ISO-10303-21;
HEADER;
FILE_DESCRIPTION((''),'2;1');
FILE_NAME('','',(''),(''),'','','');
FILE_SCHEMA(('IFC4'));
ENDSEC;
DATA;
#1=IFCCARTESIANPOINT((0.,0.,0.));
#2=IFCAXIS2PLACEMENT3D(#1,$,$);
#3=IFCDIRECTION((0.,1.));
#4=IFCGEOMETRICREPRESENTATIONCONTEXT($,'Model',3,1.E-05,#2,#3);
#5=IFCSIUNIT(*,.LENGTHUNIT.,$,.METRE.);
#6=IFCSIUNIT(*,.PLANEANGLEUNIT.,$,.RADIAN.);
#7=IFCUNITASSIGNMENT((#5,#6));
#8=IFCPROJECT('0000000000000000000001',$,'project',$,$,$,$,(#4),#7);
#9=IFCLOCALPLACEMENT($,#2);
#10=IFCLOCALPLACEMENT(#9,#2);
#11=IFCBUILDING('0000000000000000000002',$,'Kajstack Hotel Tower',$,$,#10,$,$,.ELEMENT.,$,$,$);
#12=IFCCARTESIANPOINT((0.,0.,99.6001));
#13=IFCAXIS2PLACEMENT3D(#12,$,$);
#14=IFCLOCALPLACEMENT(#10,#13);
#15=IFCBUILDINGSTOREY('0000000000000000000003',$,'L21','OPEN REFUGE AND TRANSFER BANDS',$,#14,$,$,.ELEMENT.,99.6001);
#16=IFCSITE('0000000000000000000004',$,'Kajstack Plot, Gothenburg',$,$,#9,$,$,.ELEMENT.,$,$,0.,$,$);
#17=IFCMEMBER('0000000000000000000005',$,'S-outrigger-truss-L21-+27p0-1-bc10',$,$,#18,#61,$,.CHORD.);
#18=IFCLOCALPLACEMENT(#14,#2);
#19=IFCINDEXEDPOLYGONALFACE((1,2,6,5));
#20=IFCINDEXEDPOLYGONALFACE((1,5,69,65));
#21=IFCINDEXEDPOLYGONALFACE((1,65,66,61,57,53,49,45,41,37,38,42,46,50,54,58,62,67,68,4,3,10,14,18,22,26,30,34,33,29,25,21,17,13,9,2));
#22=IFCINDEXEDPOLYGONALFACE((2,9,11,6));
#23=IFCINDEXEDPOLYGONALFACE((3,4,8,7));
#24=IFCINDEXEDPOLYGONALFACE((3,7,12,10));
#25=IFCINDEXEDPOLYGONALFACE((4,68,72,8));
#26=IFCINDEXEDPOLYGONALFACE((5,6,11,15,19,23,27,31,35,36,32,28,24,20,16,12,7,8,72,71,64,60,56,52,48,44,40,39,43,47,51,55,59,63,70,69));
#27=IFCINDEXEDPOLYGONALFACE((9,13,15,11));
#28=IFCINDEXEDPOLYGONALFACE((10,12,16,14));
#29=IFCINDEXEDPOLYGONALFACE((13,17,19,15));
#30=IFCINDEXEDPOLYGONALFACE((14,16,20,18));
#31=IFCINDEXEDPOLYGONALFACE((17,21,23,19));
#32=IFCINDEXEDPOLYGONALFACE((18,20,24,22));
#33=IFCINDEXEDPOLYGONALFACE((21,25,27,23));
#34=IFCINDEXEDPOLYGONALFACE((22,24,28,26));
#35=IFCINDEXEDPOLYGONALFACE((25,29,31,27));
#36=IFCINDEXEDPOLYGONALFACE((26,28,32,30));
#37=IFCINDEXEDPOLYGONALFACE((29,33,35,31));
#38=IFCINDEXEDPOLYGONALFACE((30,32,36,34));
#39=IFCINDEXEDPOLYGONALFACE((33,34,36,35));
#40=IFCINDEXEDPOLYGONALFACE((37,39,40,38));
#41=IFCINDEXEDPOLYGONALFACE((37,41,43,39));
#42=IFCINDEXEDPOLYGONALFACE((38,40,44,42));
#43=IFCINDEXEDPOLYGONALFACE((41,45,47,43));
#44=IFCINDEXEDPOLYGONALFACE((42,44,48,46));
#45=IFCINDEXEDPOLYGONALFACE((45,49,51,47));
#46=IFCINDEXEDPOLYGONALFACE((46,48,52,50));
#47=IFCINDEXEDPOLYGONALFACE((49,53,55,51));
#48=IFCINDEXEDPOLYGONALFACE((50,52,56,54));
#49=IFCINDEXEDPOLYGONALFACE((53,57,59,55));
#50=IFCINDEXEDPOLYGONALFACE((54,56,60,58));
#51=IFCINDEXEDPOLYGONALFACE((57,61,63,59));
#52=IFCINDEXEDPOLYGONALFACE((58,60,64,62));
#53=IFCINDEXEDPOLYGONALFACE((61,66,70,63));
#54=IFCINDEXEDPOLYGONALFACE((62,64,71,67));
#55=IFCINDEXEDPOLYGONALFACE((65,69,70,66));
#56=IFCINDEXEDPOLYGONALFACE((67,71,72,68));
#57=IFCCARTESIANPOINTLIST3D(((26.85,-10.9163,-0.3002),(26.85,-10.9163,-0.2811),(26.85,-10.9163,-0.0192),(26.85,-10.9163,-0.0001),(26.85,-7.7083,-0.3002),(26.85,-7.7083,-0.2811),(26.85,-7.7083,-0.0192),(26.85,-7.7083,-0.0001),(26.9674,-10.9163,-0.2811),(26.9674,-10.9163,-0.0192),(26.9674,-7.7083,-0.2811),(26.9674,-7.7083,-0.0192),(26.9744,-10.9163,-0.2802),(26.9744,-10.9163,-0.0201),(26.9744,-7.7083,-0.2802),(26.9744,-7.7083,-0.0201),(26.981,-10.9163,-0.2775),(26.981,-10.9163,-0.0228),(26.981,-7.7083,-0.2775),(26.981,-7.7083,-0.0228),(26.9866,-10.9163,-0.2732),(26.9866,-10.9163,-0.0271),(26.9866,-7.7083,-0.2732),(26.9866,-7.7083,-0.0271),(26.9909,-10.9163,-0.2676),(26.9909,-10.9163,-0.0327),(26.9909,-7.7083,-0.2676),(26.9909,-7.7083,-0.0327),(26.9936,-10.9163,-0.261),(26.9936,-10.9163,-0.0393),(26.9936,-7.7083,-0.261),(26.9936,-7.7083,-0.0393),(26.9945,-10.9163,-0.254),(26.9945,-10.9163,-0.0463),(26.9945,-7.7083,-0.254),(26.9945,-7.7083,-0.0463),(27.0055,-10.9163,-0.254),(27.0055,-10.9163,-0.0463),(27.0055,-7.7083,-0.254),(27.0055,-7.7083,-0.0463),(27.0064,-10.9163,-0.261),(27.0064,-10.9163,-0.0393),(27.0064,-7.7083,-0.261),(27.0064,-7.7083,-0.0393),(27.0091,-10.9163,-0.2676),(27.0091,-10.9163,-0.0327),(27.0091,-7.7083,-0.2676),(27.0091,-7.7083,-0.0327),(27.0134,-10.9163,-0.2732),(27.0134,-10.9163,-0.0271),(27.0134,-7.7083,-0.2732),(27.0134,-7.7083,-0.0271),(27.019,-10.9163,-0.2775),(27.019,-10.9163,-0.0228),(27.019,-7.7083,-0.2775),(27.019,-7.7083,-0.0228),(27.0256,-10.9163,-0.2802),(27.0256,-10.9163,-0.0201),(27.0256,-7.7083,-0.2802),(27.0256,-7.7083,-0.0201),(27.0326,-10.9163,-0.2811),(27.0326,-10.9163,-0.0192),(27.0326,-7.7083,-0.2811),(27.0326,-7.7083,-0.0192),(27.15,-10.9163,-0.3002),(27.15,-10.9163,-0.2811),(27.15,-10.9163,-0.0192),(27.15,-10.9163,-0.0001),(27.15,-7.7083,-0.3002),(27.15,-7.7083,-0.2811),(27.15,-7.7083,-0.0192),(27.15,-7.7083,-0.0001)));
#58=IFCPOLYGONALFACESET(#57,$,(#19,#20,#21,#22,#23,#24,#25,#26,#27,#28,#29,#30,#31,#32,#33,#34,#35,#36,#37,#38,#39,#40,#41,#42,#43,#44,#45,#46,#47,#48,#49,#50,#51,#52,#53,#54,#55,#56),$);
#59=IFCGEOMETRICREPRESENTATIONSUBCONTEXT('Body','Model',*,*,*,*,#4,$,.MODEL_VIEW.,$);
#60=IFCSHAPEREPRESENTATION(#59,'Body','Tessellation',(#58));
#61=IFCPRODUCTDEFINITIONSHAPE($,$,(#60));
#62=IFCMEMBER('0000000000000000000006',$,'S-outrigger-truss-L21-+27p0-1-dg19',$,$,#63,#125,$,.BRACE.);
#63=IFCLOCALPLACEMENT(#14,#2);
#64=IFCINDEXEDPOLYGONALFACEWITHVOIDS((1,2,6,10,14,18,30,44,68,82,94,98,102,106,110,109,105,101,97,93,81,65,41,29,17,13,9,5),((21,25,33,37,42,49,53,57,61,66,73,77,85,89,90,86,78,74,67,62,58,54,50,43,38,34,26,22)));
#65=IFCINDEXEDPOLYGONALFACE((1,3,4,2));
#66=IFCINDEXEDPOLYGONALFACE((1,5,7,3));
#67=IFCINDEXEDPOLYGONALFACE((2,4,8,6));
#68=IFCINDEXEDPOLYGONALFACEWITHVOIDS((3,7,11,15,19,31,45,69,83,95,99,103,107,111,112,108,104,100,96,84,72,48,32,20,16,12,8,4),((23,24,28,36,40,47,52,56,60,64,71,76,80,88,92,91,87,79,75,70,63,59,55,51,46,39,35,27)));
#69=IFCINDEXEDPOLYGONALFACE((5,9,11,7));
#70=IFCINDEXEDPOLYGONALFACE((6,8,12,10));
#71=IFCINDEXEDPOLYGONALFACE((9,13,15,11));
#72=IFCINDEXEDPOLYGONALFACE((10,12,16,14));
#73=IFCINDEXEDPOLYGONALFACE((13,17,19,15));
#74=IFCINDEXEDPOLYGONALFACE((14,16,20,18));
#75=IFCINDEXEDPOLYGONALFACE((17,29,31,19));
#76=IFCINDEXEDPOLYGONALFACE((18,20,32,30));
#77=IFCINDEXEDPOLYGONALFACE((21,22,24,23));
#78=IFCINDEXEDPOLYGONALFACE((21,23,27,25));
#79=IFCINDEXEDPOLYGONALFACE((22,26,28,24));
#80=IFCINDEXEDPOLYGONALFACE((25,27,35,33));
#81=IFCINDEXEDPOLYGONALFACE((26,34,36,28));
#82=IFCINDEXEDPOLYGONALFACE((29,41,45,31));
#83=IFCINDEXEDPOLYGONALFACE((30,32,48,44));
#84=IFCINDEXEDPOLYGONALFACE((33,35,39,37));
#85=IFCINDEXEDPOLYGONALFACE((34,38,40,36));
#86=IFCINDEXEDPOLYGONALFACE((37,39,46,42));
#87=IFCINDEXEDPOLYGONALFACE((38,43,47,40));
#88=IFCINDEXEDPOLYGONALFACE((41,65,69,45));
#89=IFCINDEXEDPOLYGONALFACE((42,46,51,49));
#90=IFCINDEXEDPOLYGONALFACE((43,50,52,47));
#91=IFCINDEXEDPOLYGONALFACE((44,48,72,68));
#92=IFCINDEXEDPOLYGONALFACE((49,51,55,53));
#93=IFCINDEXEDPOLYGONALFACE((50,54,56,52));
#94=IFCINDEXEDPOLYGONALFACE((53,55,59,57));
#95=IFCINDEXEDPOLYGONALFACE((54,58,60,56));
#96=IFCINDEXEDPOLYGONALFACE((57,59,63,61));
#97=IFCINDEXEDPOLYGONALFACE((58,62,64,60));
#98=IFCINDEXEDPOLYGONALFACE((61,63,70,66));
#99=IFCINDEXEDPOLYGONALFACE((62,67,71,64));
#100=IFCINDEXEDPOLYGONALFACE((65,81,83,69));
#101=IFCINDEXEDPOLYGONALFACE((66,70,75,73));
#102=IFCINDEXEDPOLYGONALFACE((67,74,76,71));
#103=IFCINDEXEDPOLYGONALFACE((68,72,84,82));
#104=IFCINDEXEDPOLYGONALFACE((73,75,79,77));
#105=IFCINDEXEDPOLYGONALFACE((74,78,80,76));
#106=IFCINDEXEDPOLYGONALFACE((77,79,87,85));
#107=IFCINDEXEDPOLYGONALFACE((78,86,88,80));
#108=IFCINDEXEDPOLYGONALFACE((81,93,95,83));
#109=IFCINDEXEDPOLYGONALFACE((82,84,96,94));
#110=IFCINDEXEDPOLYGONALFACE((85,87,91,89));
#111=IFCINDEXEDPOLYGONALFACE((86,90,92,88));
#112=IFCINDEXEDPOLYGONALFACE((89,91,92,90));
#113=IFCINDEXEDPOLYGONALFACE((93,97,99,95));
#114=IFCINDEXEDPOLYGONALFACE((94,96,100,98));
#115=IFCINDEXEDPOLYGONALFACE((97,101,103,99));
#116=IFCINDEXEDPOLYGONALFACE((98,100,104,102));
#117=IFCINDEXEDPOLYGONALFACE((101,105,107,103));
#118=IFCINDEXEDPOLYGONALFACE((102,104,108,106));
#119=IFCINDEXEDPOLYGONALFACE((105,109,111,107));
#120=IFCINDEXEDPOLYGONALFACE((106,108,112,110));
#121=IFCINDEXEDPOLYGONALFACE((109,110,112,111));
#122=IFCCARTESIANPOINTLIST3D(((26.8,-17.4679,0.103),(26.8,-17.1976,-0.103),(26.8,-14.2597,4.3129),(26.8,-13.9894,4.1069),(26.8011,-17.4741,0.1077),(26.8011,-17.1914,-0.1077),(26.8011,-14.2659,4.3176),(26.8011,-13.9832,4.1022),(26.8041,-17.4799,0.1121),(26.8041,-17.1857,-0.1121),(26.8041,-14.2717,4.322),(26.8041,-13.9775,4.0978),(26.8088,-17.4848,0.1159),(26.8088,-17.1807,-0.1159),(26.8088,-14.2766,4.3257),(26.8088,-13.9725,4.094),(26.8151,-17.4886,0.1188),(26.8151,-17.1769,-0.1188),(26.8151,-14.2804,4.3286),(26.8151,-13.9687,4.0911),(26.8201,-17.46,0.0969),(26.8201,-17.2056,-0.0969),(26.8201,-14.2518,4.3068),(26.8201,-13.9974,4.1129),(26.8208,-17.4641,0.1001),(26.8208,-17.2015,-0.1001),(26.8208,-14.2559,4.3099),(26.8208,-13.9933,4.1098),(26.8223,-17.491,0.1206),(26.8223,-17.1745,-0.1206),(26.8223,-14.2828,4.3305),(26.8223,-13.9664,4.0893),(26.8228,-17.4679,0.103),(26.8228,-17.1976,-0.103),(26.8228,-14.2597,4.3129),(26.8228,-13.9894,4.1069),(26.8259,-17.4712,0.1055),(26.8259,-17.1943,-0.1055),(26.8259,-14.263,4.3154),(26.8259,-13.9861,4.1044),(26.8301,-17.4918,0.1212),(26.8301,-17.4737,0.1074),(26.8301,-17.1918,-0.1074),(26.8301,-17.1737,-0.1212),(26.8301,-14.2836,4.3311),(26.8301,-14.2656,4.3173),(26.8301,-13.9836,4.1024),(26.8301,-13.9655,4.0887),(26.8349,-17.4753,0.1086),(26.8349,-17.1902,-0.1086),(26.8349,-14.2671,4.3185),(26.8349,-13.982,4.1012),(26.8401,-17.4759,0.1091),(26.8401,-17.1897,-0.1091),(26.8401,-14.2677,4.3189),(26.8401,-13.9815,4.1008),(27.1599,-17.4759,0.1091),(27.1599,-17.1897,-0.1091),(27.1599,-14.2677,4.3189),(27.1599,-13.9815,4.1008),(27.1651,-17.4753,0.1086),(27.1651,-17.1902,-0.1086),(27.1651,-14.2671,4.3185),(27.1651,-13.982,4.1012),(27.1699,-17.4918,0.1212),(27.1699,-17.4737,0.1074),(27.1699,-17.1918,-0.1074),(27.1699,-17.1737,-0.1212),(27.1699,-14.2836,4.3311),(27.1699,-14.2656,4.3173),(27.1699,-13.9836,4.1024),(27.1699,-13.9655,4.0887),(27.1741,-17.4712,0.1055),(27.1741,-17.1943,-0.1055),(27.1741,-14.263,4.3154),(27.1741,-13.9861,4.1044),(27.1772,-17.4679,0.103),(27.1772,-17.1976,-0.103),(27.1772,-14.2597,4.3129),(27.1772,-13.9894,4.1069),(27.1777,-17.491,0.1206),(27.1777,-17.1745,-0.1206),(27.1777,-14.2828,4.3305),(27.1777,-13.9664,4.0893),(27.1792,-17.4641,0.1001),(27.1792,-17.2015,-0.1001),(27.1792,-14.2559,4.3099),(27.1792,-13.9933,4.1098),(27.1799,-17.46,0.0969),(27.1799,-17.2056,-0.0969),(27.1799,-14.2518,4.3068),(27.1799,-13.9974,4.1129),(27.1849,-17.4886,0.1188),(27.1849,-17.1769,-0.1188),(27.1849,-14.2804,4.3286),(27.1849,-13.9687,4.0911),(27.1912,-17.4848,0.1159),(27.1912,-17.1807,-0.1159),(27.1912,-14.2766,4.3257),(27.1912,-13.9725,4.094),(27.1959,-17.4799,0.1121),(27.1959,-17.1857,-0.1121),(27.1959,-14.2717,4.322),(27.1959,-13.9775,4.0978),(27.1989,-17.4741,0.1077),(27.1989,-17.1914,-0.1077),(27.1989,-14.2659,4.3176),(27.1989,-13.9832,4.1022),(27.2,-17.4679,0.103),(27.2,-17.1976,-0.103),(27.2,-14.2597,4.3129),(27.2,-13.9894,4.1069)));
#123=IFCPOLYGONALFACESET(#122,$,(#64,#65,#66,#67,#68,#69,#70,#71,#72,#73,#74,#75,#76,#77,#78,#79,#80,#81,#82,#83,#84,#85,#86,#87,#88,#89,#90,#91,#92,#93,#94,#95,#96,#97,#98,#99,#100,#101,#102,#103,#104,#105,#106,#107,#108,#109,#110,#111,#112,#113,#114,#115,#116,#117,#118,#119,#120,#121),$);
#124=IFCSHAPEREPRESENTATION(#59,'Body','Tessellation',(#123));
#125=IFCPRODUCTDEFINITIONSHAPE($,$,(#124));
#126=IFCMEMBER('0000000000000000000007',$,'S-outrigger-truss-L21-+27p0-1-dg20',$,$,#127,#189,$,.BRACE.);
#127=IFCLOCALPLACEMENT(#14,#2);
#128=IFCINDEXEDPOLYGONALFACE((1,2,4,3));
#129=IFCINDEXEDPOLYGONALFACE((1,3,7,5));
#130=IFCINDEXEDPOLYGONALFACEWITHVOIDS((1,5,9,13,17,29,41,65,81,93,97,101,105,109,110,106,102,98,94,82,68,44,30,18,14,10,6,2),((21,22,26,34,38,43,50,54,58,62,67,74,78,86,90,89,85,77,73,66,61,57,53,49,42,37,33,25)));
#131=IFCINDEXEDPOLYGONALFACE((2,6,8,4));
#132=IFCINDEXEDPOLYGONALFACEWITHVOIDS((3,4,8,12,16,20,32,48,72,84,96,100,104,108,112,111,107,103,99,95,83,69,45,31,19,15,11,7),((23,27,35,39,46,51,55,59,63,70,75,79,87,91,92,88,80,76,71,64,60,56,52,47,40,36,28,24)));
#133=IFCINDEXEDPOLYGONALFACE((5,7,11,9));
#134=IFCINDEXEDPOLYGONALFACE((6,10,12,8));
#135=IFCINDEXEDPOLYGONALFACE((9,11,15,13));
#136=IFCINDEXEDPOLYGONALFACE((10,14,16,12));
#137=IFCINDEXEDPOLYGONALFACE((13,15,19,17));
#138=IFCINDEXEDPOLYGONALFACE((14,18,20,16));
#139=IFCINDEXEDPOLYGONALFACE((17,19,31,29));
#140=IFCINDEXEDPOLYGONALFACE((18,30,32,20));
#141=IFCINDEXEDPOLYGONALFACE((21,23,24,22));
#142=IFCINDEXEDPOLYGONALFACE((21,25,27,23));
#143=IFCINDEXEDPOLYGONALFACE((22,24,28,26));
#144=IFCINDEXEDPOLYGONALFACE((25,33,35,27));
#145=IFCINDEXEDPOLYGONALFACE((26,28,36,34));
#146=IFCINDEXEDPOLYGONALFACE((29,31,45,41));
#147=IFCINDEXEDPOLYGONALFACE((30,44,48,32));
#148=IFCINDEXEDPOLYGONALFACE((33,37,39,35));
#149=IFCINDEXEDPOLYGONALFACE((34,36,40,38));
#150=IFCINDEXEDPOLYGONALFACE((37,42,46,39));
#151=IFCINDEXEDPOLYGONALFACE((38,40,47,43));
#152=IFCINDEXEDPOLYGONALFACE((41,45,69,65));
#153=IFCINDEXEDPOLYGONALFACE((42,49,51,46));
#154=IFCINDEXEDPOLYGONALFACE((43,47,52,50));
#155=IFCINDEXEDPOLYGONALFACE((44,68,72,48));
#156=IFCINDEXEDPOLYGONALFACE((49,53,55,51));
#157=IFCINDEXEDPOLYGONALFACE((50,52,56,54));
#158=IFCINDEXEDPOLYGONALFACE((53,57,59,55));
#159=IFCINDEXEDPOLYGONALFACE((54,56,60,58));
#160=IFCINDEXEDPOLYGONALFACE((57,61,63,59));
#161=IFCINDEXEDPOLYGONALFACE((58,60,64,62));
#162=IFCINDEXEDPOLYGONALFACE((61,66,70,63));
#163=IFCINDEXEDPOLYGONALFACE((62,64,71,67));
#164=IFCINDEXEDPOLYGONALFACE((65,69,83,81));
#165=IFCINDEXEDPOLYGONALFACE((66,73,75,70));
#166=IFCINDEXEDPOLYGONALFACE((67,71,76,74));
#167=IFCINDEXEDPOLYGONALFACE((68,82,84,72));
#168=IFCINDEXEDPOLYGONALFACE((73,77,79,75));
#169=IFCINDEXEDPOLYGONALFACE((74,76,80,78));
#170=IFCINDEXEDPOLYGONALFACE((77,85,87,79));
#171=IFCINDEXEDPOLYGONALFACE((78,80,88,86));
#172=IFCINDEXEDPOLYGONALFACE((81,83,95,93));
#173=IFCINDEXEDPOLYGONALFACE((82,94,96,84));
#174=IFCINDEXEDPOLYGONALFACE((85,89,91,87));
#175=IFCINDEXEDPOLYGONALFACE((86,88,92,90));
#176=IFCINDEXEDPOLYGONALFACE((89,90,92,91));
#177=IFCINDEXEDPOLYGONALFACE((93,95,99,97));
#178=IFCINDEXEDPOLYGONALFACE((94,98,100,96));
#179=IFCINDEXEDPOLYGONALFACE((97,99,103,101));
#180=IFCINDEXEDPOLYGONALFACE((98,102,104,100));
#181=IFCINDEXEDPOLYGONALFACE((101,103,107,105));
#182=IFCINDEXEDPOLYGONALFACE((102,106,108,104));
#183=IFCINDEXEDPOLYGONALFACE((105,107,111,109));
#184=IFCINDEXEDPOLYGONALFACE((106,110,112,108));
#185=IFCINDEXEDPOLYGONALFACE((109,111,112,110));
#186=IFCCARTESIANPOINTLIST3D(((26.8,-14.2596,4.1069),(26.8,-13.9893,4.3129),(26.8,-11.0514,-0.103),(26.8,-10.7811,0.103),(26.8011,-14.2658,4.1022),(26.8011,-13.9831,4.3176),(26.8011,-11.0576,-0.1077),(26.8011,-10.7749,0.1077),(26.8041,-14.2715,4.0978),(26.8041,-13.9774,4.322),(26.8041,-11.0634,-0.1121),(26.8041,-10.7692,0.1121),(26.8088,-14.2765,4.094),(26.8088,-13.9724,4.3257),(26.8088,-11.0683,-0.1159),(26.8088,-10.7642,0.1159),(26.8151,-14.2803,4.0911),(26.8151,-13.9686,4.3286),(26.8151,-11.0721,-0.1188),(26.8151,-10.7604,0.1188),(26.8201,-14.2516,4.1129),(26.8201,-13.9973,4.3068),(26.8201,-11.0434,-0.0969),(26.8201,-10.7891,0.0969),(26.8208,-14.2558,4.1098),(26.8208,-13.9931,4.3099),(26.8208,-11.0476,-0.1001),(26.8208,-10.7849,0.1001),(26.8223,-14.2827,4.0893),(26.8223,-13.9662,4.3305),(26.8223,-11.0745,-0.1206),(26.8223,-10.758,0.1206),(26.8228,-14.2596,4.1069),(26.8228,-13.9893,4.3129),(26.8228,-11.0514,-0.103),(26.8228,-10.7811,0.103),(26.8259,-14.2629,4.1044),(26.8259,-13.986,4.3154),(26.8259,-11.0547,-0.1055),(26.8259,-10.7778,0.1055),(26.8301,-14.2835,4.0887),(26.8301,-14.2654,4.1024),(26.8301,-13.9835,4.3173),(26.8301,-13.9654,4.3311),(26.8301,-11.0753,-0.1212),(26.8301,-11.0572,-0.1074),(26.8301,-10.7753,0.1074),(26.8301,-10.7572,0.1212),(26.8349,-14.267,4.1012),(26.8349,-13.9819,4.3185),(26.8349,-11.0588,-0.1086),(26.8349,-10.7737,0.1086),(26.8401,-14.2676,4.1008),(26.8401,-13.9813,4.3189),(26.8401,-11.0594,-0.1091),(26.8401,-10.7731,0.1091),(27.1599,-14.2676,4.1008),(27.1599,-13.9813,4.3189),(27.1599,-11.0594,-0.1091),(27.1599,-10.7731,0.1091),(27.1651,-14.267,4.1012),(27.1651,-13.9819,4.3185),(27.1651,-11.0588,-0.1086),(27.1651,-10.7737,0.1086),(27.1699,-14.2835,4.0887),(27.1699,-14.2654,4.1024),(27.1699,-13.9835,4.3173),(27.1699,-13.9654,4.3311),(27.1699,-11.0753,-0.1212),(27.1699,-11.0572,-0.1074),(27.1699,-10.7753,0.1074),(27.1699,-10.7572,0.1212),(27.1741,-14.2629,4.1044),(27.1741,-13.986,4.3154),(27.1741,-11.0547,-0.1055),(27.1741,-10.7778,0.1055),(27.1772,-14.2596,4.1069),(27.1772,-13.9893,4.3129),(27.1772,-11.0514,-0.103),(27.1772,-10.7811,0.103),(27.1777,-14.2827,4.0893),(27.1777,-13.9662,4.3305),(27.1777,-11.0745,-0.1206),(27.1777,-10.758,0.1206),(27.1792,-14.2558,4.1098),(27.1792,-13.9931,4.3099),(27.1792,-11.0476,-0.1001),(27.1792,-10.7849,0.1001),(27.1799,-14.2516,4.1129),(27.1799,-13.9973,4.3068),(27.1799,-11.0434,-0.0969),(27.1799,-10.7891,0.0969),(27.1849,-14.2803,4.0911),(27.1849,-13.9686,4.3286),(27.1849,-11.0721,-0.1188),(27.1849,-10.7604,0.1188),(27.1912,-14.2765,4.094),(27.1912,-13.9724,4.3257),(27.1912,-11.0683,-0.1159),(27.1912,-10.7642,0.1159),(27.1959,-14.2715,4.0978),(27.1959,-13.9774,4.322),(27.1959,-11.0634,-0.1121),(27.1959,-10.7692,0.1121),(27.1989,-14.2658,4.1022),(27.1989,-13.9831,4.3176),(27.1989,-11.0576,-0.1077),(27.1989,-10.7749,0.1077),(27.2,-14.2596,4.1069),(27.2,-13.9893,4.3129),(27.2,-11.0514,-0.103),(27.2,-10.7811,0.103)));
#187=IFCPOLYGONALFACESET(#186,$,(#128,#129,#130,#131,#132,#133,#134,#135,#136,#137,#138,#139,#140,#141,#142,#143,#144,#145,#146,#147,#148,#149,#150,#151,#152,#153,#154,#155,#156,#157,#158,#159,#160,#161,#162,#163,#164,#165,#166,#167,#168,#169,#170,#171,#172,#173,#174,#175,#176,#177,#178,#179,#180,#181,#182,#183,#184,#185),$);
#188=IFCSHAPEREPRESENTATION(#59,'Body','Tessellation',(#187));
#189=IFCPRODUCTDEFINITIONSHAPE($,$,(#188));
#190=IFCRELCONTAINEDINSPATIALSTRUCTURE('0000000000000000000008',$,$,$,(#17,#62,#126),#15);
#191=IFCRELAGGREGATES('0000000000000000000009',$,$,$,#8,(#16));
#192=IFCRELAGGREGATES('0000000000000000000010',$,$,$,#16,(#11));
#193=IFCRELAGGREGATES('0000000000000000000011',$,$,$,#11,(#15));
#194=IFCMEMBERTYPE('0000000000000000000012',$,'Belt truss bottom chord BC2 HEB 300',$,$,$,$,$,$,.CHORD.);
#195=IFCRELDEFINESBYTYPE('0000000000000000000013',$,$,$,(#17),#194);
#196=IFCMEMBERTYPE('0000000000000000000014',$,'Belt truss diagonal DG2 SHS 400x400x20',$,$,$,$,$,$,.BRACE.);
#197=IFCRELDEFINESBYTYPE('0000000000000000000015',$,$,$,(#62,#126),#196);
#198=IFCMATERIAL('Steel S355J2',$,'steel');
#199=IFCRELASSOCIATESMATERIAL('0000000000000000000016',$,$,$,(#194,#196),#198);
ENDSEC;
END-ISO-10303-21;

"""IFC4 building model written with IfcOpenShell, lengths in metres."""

from ifc_helpers import new_model, si_unit, direction, frame, origin, origin_2d, place, context, subcontext, project, spatial, hollow_rectangle, i_section, extrude, material, material_profile, profile_set, type_object, element, save


model = new_model("IFC4")

# Units and contexts
model_context = context("Model", 3, precision=1e-05, world=origin(), true_north=direction((0.0, 1.0)))
body_context = subcontext(model_context, "Body", "Model", "MODEL_VIEW")
ifc_project = project(units=[si_unit("LENGTHUNIT", "METRE"), si_unit("PLANEANGLEUNIT", "RADIAN")], contexts=[model_context])

# Site, building, storey
site_placement = place(None, origin())
site = spatial("IfcSite", under=ifc_project, at=site_placement, Name="Kajstack Plot, Gothenburg", CompositionType="ELEMENT", RefElevation=0.0)
building_placement = place(site_placement, origin())
building = spatial("IfcBuilding", under=site, at=building_placement, Name="Kajstack Hotel Tower", CompositionType="ELEMENT")
storey_placement = place(building_placement, frame((0.0, 0.0, 99.6001)))
storey = spatial("IfcBuildingStorey", under=building, at=storey_placement, Name="L21", Description="OPEN REFUGE AND TRANSFER BANDS", CompositionType="ELEMENT", Elevation=99.6001)

# Members
ifc_material_1 = material(Name="Steel S355J2", Category="steel")
ifc_material_profile_1 = material_profile(ifc_material_1, i_section(OverallWidth=0.3, OverallDepth=0.3, WebThickness=0.011, FlangeThickness=0.019, FilletRadius=0.0271, at=origin_2d()), Name="HEB 300")
ifc_profile_set_1 = profile_set([ifc_material_profile_1], Name="Steel S355J2")
member_type_1 = type_object("IfcMemberType", Name="Belt truss bottom chord BC2 HEB 300", PredefinedType="CHORD", material=ifc_profile_set_1)
member_1_placement = place(storey_placement, frame((27.0, -10.9163, -0.1501), z_axis=(0.0, 1.0, 0.0), x_axis=(-1.0, 0.0, 0.0)))
element("IfcMember", 1, at=member_1_placement, inside=storey, type_object=member_type_1, Name="S-outrigger-truss-L21-+27p0-1-bc10", PredefinedType="CHORD", context=body_context, shape_type="SweptSolid", body=[
    extrude(i_section(OverallWidth=0.3, OverallDepth=0.3, WebThickness=0.011, FlangeThickness=0.019, FilletRadius=0.0271, at=origin_2d()), origin(), (0.0, 0.0, 1.0), 3.208),
])
ifc_material_profile_2 = material_profile(ifc_material_1, hollow_rectangle(XDim=0.3999, YDim=0.3999, WallThickness=0.02, InnerFilletRadius=0.02, OuterFilletRadius=0.03, at=origin_2d()), Name="SHS 400x400x20")
ifc_profile_set_2 = profile_set([ifc_material_profile_2], Name="Steel S355J2")
member_type_2 = type_object("IfcMemberType", Name="Belt truss diagonal DG2 SHS 400x400x20", PredefinedType="BRACE", material=ifc_profile_set_2)
for number, where, z_axis, x_axis, name in (
    (2, (27.0, -17.3328, 0.0), (0.0, 0.606122, 0.795371), (-1.0, 0.0, 0.0), "S-outrigger-truss-L21-+27p0-1-dg19"),
    (3, (27.0, -10.9163, 0.0), (0.0, -0.606122, 0.795371), (1.0, 0.0, 0.0), "S-outrigger-truss-L21-+27p0-1-dg20"),
):
    element("IfcMember", number, at=place(storey_placement, frame(where, z_axis=z_axis, x_axis=x_axis)), inside=storey, type_object=member_type_2, Name=name, PredefinedType="BRACE", context=body_context, shape_type="SweptSolid", body=[
        extrude(hollow_rectangle(XDim=0.3999, YDim=0.3999, WallThickness=0.02, InnerFilletRadius=0.02, OuterFilletRadius=0.03, at=origin_2d()), origin(), (0.0, 0.0, 1.0), 5.293),
    ])

save(model, "model.ifc")
